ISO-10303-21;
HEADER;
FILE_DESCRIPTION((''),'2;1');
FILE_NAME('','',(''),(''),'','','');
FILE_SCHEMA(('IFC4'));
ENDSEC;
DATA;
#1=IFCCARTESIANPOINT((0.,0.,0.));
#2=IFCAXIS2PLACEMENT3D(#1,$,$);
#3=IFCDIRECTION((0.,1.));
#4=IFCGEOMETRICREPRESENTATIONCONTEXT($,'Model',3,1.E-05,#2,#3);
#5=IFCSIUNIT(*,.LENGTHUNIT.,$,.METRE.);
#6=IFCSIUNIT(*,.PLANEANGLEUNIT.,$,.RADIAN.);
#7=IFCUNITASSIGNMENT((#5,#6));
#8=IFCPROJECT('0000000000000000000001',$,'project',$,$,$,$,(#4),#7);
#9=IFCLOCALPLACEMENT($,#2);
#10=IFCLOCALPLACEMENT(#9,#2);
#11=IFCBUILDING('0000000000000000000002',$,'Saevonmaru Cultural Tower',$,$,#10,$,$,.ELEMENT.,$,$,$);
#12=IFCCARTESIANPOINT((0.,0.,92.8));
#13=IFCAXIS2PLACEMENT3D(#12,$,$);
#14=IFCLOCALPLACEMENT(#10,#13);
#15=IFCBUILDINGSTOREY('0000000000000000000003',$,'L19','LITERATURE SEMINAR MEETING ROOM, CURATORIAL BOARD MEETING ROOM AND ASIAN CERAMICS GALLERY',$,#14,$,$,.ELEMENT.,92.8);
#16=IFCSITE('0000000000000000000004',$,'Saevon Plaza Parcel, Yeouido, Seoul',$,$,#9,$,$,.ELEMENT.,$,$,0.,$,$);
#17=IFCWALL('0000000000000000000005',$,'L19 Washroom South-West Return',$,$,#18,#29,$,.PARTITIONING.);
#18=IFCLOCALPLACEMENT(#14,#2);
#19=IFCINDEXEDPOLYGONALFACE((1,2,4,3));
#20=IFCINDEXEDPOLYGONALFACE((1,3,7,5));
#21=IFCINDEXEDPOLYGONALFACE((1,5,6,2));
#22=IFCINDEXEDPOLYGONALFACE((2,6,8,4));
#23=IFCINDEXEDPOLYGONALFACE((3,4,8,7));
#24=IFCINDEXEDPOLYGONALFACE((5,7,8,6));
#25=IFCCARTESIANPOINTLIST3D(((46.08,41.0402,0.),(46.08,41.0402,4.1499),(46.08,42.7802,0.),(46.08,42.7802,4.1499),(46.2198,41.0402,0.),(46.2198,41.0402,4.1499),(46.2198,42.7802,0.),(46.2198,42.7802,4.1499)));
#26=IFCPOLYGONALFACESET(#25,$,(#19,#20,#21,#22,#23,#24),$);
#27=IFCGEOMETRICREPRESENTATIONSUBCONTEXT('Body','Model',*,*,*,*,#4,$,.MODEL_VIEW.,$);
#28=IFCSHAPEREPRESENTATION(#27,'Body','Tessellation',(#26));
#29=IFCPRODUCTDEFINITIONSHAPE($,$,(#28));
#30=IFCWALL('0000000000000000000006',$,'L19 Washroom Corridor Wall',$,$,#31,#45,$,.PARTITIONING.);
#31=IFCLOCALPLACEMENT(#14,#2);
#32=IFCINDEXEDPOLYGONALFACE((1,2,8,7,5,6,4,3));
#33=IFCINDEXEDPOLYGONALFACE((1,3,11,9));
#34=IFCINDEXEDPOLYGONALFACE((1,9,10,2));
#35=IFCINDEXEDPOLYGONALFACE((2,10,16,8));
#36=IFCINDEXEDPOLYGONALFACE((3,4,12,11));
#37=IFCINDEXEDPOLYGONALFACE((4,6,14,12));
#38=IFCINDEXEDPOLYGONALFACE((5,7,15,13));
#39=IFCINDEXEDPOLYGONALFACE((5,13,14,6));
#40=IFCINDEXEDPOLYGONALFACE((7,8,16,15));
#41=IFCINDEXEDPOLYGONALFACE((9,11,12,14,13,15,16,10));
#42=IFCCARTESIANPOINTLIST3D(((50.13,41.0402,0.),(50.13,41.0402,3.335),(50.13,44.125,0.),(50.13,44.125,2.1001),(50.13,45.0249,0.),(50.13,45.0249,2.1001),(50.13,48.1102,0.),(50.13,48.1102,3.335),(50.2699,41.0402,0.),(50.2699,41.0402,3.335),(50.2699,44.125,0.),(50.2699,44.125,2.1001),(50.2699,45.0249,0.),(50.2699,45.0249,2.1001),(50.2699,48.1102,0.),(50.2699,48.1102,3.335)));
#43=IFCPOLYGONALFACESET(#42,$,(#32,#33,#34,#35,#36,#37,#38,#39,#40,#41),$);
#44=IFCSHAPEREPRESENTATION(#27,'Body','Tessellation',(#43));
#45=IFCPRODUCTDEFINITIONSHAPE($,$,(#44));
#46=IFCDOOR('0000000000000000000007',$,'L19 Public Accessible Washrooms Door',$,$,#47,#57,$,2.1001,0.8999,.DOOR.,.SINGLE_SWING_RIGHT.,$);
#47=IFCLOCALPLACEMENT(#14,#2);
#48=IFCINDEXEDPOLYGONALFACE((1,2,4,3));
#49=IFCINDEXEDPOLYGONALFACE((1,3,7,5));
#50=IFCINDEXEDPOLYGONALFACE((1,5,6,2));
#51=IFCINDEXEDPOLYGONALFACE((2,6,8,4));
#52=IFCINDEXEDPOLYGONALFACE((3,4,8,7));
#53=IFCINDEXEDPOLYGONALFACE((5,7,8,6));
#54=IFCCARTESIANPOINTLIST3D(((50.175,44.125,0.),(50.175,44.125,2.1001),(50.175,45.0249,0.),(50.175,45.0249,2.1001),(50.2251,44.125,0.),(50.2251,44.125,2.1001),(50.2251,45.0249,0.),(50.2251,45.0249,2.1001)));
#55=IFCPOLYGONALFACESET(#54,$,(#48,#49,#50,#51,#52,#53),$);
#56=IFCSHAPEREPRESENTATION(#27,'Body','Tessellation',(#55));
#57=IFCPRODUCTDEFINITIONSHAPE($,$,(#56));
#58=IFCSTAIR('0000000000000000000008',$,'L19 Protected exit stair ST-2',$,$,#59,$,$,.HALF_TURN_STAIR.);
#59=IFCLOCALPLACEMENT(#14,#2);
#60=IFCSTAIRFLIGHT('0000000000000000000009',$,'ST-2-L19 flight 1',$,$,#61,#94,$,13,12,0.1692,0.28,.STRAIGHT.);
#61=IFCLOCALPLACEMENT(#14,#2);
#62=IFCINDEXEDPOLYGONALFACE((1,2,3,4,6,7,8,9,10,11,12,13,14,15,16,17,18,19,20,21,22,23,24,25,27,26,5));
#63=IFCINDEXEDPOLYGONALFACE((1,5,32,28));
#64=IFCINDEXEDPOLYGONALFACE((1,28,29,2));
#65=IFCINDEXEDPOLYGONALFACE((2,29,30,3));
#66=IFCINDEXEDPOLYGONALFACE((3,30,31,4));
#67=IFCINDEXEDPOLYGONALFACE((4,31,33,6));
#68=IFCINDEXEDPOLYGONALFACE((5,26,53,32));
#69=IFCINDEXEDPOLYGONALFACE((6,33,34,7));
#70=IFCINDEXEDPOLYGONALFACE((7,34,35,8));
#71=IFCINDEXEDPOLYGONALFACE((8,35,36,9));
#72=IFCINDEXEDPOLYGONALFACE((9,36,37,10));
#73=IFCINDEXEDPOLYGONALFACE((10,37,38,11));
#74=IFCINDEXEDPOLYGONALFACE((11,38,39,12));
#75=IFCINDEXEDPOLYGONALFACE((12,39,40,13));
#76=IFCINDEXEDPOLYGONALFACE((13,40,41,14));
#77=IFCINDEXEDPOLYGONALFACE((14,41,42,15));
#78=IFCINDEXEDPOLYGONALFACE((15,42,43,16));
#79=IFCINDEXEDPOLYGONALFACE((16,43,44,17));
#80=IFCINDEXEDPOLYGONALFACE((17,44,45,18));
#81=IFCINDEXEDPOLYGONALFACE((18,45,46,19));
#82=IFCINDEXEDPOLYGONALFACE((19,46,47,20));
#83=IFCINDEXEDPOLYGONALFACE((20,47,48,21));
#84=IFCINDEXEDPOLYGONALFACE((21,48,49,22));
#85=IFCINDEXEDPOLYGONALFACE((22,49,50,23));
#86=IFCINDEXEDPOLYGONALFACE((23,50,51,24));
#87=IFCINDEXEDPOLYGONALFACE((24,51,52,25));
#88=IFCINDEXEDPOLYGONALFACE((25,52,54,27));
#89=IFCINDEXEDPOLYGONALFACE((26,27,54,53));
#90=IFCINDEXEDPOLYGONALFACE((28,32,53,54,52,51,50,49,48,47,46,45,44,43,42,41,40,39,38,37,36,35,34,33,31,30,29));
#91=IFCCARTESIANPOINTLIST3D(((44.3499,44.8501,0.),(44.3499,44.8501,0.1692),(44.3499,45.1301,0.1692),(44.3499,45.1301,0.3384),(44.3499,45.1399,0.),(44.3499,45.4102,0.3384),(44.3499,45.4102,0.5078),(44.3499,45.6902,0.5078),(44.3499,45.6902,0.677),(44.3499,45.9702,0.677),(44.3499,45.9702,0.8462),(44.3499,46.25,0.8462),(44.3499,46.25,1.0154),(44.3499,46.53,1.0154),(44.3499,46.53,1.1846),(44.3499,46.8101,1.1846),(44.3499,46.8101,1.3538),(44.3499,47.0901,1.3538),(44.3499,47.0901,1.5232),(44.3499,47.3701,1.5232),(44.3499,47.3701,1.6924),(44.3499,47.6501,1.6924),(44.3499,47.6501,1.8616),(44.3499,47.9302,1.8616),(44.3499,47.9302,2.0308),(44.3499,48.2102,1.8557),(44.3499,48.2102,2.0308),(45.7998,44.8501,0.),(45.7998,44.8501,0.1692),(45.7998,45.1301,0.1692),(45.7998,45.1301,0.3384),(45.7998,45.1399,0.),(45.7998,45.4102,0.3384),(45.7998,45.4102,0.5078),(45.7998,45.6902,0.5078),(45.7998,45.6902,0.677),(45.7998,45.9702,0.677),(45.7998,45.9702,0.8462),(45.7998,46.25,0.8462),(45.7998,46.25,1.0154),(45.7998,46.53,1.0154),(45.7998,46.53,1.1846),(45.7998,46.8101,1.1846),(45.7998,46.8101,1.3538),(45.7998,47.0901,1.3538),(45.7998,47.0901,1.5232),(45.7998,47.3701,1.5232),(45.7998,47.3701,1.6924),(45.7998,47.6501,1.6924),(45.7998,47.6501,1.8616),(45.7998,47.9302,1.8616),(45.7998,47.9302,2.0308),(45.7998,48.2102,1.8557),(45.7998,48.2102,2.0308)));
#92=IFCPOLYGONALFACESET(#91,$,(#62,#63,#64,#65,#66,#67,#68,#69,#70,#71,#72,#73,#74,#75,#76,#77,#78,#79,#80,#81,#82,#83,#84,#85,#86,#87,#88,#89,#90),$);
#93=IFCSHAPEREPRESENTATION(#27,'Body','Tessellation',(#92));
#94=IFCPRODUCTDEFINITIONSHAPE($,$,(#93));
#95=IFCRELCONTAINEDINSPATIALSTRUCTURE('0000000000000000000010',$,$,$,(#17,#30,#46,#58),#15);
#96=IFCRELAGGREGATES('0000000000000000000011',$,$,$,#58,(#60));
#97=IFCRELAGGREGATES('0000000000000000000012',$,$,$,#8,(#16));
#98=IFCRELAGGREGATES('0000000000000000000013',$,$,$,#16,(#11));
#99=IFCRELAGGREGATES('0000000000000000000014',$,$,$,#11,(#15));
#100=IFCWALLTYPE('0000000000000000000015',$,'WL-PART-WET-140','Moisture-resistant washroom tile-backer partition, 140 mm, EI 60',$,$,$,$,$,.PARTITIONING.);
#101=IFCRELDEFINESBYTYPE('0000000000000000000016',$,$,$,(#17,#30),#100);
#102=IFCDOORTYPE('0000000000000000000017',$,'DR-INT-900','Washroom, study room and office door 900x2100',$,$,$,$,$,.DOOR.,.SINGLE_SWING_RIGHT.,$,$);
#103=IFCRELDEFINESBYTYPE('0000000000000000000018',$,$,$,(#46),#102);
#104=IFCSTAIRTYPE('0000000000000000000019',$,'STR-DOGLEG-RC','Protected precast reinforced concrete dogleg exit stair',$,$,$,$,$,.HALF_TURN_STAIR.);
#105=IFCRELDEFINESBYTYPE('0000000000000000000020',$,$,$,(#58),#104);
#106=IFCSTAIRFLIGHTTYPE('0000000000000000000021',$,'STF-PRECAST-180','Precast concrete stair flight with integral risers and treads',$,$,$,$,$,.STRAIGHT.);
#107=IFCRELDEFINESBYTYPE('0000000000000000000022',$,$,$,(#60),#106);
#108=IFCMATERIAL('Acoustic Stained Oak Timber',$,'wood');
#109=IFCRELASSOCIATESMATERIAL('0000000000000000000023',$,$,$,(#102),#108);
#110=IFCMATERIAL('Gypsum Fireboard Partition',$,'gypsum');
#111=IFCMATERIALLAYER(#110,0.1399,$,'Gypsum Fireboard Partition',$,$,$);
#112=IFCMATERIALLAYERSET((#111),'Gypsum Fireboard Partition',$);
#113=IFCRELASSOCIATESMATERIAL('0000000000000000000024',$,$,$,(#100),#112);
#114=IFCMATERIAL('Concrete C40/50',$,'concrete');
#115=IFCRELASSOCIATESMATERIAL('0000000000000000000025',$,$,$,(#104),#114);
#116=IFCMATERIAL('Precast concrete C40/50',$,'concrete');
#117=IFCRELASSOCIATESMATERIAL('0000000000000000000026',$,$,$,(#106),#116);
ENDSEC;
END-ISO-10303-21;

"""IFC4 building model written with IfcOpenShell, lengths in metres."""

from ifc_helpers import new_model, si_unit, direction, frame, frame_2d, origin, place, context, subcontext, project, spatial, polyline, rectangle, outline, extrude, material, layer, layer_set, type_object, element, fill, aggregate, save


model = new_model("IFC4")

# Units and contexts
model_context = context("Model", 3, precision=1e-05, world=origin(), true_north=direction((0.0, 1.0)))
body_context = subcontext(model_context, "Body", "Model", "MODEL_VIEW")
ifc_project = project(units=[si_unit("LENGTHUNIT", "METRE"), si_unit("PLANEANGLEUNIT", "RADIAN")], contexts=[model_context])

# Site, building, storey
site_placement = place(None, origin())
site = spatial("IfcSite", under=ifc_project, at=site_placement, Name="Saevon Plaza Parcel, Yeouido, Seoul", CompositionType="ELEMENT", RefElevation=0.0)
building_placement = place(site_placement, origin())
building = spatial("IfcBuilding", under=site, at=building_placement, Name="Saevonmaru Cultural Tower", CompositionType="ELEMENT")
storey_placement = place(building_placement, frame((0.0, 0.0, 92.8)))
storey = spatial("IfcBuildingStorey", under=building, at=storey_placement, Name="L19", Description="LITERATURE SEMINAR MEETING ROOM, CURATORIAL BOARD MEETING ROOM AND ASIAN CERAMICS GALLERY", CompositionType="ELEMENT", Elevation=92.8)

# Shared definitions
ifc_material_1 = material(Name="Gypsum Fireboard Partition", Category="gypsum")
ifc_material_2 = material(Name="Acoustic Stained Oak Timber", Category="wood")
door_type_1 = type_object("IfcDoorType", Name="DR-INT-900", Description="Washroom, study room and office door 900x2100", OperationType="SINGLE_SWING_RIGHT", PredefinedType="DOOR", material=ifc_material_2)

# Wall
ifc_layer_1 = layer(ifc_material_1, 0.1399, Name="Gypsum Fireboard Partition")
ifc_layer_set_1 = layer_set([ifc_layer_1], Name="Gypsum Fireboard Partition")
wall_type_1 = type_object("IfcWallType", Name="WL-PART-WET-140", Description="Moisture-resistant washroom tile-backer partition, 140 mm, EI 60", PredefinedType="PARTITIONING", material=ifc_layer_set_1)
wall_1_placement = place(storey_placement, frame((46.1499, 41.04, 0.0), z_axis=(0.0, 0.0, 1.0), x_axis=(0.0, 1.0, 0.0)))
element("IfcWall", 1, at=wall_1_placement, inside=storey, type_object=wall_type_1, Name="L19 Washroom South-West Return", PredefinedType="PARTITIONING", context=body_context, shape_type="SweptSolid", body=[
    extrude(rectangle(XDim=1.74, YDim=0.1399, at=frame_2d((0.8701, 0.0))), origin(), (0.0, 0.0, 1.0), 4.1499),
])

# Wall, opening, door
wall_2_placement = place(storey_placement, frame((50.2, 41.04, 0.0), z_axis=(0.0, 0.0, 1.0), x_axis=(0.0, 1.0, 0.0)))
wall_2 = element("IfcWall", 2, at=wall_2_placement, inside=storey, type_object=wall_type_1, Name="L19 Washroom Corridor Wall", PredefinedType="PARTITIONING", context=body_context, shape_type="SweptSolid", body=[
    extrude(rectangle(XDim=7.0701, YDim=0.1399, at=frame_2d((3.5352, 0.0))), origin(), (0.0, 0.0, 1.0), 3.335),
])
opening_1_placement = place(wall_2_placement, frame((3.085, 0.0, 0.0)))
opening_1 = element("IfcOpeningElement", 3, at=opening_1_placement, cuts=wall_2, PredefinedType="OPENING", context=body_context, shape_type="SweptSolid", body=[
    extrude(rectangle(XDim=0.8999, YDim=2.1001, at=frame_2d((0.45, 1.05))), frame((0.0, 0.0801, 0.0), z_axis=(0.0, -1.0, 0.0), x_axis=(1.0, 0.0, 0.0)), (0.0, 0.0, 1.0), 0.1599),
])
door_1_placement = place(opening_1_placement, origin())
door_1 = element("IfcDoor", 4, at=door_1_placement, inside=storey, type_object=door_type_1, Name="L19 Public Accessible Washrooms Door", OperationType="SINGLE_SWING_RIGHT", OverallHeight=2.1001, OverallWidth=0.8999, PredefinedType="DOOR", context=body_context, shape_type="SweptSolid", body=[
    extrude(rectangle(XDim=0.8999, YDim=2.1001, at=frame_2d((0.45, 1.05))), frame((0.0, 0.0249, 0.0), z_axis=(0.0, -1.0, 0.0), x_axis=(1.0, 0.0, 0.0)), (0.0, 0.0, 1.0), 0.05),
])
fill(opening_1, door_1)

# Stair, stair flight
ifc_material_3 = material(Name="Concrete C40/50", Category="concrete")
stair_type = type_object("IfcStairType", Name="STR-DOGLEG-RC", Description="Protected precast reinforced concrete dogleg exit stair", PredefinedType="HALF_TURN_STAIR", material=ifc_material_3)
stair_placement = place(storey_placement, origin())
stair = element("IfcStair", 5, at=stair_placement, inside=storey, type_object=stair_type, Name="L19 Protected exit stair ST-2", PredefinedType="HALF_TURN_STAIR")
ifc_material_4 = material(Name="Precast concrete C40/50", Category="concrete")
stair_flight_type = type_object("IfcStairFlightType", Name="STF-PRECAST-180", Description="Precast concrete stair flight with integral risers and treads", PredefinedType="STRAIGHT", material=ifc_material_4)
stair_flight_placement = place(storey_placement, frame((45.075, 44.8501, 0.0), z_axis=(0.0, 0.0, 1.0), x_axis=(0.0, 1.0, 0.0)))
stair_flight = element("IfcStairFlight", 6, at=stair_flight_placement, type_object=stair_flight_type, Name="ST-2-L19 flight 1", NumberOfRisers=13, NumberOfTreads=12, PredefinedType="STRAIGHT", RiserHeight=0.1692, TreadLength=0.28, context=body_context, shape_type="SweptSolid", body=[
    extrude(outline(polyline([(0.0, 0.0), (0.0, 0.1692), (0.28, 0.1692), (0.28, 0.3384), (0.5601, 0.3384), (0.5601, 0.5078), (0.8401, 0.5078), (0.8401, 0.677), (1.1201, 0.677), (1.1201, 0.8462), (1.3999, 0.8462), (1.3999, 1.0154), (1.6799, 1.0154), (1.6799, 1.1846), (1.96, 1.1846), (1.96, 1.3538), (2.24, 1.3538), (2.24, 1.5232), (2.52, 1.5232), (2.52, 1.6924), (2.8, 1.6924), (2.8, 1.8616), (3.0801, 1.8616), (3.0801, 2.0308), (3.3601, 2.0308), (3.3601, 2.2), (3.3601, 1.8557), (0.2898, 0.0), (0.0, 0.0)])), frame((0.0, 0.7251, 0.0), z_axis=(0.0, -1.0, 0.0), x_axis=(1.0, 0.0, 0.0)), (0.0, 0.0, 1.0), 1.45),
])
aggregate(stair, [stair_flight])

save(model, "model.ifc")
